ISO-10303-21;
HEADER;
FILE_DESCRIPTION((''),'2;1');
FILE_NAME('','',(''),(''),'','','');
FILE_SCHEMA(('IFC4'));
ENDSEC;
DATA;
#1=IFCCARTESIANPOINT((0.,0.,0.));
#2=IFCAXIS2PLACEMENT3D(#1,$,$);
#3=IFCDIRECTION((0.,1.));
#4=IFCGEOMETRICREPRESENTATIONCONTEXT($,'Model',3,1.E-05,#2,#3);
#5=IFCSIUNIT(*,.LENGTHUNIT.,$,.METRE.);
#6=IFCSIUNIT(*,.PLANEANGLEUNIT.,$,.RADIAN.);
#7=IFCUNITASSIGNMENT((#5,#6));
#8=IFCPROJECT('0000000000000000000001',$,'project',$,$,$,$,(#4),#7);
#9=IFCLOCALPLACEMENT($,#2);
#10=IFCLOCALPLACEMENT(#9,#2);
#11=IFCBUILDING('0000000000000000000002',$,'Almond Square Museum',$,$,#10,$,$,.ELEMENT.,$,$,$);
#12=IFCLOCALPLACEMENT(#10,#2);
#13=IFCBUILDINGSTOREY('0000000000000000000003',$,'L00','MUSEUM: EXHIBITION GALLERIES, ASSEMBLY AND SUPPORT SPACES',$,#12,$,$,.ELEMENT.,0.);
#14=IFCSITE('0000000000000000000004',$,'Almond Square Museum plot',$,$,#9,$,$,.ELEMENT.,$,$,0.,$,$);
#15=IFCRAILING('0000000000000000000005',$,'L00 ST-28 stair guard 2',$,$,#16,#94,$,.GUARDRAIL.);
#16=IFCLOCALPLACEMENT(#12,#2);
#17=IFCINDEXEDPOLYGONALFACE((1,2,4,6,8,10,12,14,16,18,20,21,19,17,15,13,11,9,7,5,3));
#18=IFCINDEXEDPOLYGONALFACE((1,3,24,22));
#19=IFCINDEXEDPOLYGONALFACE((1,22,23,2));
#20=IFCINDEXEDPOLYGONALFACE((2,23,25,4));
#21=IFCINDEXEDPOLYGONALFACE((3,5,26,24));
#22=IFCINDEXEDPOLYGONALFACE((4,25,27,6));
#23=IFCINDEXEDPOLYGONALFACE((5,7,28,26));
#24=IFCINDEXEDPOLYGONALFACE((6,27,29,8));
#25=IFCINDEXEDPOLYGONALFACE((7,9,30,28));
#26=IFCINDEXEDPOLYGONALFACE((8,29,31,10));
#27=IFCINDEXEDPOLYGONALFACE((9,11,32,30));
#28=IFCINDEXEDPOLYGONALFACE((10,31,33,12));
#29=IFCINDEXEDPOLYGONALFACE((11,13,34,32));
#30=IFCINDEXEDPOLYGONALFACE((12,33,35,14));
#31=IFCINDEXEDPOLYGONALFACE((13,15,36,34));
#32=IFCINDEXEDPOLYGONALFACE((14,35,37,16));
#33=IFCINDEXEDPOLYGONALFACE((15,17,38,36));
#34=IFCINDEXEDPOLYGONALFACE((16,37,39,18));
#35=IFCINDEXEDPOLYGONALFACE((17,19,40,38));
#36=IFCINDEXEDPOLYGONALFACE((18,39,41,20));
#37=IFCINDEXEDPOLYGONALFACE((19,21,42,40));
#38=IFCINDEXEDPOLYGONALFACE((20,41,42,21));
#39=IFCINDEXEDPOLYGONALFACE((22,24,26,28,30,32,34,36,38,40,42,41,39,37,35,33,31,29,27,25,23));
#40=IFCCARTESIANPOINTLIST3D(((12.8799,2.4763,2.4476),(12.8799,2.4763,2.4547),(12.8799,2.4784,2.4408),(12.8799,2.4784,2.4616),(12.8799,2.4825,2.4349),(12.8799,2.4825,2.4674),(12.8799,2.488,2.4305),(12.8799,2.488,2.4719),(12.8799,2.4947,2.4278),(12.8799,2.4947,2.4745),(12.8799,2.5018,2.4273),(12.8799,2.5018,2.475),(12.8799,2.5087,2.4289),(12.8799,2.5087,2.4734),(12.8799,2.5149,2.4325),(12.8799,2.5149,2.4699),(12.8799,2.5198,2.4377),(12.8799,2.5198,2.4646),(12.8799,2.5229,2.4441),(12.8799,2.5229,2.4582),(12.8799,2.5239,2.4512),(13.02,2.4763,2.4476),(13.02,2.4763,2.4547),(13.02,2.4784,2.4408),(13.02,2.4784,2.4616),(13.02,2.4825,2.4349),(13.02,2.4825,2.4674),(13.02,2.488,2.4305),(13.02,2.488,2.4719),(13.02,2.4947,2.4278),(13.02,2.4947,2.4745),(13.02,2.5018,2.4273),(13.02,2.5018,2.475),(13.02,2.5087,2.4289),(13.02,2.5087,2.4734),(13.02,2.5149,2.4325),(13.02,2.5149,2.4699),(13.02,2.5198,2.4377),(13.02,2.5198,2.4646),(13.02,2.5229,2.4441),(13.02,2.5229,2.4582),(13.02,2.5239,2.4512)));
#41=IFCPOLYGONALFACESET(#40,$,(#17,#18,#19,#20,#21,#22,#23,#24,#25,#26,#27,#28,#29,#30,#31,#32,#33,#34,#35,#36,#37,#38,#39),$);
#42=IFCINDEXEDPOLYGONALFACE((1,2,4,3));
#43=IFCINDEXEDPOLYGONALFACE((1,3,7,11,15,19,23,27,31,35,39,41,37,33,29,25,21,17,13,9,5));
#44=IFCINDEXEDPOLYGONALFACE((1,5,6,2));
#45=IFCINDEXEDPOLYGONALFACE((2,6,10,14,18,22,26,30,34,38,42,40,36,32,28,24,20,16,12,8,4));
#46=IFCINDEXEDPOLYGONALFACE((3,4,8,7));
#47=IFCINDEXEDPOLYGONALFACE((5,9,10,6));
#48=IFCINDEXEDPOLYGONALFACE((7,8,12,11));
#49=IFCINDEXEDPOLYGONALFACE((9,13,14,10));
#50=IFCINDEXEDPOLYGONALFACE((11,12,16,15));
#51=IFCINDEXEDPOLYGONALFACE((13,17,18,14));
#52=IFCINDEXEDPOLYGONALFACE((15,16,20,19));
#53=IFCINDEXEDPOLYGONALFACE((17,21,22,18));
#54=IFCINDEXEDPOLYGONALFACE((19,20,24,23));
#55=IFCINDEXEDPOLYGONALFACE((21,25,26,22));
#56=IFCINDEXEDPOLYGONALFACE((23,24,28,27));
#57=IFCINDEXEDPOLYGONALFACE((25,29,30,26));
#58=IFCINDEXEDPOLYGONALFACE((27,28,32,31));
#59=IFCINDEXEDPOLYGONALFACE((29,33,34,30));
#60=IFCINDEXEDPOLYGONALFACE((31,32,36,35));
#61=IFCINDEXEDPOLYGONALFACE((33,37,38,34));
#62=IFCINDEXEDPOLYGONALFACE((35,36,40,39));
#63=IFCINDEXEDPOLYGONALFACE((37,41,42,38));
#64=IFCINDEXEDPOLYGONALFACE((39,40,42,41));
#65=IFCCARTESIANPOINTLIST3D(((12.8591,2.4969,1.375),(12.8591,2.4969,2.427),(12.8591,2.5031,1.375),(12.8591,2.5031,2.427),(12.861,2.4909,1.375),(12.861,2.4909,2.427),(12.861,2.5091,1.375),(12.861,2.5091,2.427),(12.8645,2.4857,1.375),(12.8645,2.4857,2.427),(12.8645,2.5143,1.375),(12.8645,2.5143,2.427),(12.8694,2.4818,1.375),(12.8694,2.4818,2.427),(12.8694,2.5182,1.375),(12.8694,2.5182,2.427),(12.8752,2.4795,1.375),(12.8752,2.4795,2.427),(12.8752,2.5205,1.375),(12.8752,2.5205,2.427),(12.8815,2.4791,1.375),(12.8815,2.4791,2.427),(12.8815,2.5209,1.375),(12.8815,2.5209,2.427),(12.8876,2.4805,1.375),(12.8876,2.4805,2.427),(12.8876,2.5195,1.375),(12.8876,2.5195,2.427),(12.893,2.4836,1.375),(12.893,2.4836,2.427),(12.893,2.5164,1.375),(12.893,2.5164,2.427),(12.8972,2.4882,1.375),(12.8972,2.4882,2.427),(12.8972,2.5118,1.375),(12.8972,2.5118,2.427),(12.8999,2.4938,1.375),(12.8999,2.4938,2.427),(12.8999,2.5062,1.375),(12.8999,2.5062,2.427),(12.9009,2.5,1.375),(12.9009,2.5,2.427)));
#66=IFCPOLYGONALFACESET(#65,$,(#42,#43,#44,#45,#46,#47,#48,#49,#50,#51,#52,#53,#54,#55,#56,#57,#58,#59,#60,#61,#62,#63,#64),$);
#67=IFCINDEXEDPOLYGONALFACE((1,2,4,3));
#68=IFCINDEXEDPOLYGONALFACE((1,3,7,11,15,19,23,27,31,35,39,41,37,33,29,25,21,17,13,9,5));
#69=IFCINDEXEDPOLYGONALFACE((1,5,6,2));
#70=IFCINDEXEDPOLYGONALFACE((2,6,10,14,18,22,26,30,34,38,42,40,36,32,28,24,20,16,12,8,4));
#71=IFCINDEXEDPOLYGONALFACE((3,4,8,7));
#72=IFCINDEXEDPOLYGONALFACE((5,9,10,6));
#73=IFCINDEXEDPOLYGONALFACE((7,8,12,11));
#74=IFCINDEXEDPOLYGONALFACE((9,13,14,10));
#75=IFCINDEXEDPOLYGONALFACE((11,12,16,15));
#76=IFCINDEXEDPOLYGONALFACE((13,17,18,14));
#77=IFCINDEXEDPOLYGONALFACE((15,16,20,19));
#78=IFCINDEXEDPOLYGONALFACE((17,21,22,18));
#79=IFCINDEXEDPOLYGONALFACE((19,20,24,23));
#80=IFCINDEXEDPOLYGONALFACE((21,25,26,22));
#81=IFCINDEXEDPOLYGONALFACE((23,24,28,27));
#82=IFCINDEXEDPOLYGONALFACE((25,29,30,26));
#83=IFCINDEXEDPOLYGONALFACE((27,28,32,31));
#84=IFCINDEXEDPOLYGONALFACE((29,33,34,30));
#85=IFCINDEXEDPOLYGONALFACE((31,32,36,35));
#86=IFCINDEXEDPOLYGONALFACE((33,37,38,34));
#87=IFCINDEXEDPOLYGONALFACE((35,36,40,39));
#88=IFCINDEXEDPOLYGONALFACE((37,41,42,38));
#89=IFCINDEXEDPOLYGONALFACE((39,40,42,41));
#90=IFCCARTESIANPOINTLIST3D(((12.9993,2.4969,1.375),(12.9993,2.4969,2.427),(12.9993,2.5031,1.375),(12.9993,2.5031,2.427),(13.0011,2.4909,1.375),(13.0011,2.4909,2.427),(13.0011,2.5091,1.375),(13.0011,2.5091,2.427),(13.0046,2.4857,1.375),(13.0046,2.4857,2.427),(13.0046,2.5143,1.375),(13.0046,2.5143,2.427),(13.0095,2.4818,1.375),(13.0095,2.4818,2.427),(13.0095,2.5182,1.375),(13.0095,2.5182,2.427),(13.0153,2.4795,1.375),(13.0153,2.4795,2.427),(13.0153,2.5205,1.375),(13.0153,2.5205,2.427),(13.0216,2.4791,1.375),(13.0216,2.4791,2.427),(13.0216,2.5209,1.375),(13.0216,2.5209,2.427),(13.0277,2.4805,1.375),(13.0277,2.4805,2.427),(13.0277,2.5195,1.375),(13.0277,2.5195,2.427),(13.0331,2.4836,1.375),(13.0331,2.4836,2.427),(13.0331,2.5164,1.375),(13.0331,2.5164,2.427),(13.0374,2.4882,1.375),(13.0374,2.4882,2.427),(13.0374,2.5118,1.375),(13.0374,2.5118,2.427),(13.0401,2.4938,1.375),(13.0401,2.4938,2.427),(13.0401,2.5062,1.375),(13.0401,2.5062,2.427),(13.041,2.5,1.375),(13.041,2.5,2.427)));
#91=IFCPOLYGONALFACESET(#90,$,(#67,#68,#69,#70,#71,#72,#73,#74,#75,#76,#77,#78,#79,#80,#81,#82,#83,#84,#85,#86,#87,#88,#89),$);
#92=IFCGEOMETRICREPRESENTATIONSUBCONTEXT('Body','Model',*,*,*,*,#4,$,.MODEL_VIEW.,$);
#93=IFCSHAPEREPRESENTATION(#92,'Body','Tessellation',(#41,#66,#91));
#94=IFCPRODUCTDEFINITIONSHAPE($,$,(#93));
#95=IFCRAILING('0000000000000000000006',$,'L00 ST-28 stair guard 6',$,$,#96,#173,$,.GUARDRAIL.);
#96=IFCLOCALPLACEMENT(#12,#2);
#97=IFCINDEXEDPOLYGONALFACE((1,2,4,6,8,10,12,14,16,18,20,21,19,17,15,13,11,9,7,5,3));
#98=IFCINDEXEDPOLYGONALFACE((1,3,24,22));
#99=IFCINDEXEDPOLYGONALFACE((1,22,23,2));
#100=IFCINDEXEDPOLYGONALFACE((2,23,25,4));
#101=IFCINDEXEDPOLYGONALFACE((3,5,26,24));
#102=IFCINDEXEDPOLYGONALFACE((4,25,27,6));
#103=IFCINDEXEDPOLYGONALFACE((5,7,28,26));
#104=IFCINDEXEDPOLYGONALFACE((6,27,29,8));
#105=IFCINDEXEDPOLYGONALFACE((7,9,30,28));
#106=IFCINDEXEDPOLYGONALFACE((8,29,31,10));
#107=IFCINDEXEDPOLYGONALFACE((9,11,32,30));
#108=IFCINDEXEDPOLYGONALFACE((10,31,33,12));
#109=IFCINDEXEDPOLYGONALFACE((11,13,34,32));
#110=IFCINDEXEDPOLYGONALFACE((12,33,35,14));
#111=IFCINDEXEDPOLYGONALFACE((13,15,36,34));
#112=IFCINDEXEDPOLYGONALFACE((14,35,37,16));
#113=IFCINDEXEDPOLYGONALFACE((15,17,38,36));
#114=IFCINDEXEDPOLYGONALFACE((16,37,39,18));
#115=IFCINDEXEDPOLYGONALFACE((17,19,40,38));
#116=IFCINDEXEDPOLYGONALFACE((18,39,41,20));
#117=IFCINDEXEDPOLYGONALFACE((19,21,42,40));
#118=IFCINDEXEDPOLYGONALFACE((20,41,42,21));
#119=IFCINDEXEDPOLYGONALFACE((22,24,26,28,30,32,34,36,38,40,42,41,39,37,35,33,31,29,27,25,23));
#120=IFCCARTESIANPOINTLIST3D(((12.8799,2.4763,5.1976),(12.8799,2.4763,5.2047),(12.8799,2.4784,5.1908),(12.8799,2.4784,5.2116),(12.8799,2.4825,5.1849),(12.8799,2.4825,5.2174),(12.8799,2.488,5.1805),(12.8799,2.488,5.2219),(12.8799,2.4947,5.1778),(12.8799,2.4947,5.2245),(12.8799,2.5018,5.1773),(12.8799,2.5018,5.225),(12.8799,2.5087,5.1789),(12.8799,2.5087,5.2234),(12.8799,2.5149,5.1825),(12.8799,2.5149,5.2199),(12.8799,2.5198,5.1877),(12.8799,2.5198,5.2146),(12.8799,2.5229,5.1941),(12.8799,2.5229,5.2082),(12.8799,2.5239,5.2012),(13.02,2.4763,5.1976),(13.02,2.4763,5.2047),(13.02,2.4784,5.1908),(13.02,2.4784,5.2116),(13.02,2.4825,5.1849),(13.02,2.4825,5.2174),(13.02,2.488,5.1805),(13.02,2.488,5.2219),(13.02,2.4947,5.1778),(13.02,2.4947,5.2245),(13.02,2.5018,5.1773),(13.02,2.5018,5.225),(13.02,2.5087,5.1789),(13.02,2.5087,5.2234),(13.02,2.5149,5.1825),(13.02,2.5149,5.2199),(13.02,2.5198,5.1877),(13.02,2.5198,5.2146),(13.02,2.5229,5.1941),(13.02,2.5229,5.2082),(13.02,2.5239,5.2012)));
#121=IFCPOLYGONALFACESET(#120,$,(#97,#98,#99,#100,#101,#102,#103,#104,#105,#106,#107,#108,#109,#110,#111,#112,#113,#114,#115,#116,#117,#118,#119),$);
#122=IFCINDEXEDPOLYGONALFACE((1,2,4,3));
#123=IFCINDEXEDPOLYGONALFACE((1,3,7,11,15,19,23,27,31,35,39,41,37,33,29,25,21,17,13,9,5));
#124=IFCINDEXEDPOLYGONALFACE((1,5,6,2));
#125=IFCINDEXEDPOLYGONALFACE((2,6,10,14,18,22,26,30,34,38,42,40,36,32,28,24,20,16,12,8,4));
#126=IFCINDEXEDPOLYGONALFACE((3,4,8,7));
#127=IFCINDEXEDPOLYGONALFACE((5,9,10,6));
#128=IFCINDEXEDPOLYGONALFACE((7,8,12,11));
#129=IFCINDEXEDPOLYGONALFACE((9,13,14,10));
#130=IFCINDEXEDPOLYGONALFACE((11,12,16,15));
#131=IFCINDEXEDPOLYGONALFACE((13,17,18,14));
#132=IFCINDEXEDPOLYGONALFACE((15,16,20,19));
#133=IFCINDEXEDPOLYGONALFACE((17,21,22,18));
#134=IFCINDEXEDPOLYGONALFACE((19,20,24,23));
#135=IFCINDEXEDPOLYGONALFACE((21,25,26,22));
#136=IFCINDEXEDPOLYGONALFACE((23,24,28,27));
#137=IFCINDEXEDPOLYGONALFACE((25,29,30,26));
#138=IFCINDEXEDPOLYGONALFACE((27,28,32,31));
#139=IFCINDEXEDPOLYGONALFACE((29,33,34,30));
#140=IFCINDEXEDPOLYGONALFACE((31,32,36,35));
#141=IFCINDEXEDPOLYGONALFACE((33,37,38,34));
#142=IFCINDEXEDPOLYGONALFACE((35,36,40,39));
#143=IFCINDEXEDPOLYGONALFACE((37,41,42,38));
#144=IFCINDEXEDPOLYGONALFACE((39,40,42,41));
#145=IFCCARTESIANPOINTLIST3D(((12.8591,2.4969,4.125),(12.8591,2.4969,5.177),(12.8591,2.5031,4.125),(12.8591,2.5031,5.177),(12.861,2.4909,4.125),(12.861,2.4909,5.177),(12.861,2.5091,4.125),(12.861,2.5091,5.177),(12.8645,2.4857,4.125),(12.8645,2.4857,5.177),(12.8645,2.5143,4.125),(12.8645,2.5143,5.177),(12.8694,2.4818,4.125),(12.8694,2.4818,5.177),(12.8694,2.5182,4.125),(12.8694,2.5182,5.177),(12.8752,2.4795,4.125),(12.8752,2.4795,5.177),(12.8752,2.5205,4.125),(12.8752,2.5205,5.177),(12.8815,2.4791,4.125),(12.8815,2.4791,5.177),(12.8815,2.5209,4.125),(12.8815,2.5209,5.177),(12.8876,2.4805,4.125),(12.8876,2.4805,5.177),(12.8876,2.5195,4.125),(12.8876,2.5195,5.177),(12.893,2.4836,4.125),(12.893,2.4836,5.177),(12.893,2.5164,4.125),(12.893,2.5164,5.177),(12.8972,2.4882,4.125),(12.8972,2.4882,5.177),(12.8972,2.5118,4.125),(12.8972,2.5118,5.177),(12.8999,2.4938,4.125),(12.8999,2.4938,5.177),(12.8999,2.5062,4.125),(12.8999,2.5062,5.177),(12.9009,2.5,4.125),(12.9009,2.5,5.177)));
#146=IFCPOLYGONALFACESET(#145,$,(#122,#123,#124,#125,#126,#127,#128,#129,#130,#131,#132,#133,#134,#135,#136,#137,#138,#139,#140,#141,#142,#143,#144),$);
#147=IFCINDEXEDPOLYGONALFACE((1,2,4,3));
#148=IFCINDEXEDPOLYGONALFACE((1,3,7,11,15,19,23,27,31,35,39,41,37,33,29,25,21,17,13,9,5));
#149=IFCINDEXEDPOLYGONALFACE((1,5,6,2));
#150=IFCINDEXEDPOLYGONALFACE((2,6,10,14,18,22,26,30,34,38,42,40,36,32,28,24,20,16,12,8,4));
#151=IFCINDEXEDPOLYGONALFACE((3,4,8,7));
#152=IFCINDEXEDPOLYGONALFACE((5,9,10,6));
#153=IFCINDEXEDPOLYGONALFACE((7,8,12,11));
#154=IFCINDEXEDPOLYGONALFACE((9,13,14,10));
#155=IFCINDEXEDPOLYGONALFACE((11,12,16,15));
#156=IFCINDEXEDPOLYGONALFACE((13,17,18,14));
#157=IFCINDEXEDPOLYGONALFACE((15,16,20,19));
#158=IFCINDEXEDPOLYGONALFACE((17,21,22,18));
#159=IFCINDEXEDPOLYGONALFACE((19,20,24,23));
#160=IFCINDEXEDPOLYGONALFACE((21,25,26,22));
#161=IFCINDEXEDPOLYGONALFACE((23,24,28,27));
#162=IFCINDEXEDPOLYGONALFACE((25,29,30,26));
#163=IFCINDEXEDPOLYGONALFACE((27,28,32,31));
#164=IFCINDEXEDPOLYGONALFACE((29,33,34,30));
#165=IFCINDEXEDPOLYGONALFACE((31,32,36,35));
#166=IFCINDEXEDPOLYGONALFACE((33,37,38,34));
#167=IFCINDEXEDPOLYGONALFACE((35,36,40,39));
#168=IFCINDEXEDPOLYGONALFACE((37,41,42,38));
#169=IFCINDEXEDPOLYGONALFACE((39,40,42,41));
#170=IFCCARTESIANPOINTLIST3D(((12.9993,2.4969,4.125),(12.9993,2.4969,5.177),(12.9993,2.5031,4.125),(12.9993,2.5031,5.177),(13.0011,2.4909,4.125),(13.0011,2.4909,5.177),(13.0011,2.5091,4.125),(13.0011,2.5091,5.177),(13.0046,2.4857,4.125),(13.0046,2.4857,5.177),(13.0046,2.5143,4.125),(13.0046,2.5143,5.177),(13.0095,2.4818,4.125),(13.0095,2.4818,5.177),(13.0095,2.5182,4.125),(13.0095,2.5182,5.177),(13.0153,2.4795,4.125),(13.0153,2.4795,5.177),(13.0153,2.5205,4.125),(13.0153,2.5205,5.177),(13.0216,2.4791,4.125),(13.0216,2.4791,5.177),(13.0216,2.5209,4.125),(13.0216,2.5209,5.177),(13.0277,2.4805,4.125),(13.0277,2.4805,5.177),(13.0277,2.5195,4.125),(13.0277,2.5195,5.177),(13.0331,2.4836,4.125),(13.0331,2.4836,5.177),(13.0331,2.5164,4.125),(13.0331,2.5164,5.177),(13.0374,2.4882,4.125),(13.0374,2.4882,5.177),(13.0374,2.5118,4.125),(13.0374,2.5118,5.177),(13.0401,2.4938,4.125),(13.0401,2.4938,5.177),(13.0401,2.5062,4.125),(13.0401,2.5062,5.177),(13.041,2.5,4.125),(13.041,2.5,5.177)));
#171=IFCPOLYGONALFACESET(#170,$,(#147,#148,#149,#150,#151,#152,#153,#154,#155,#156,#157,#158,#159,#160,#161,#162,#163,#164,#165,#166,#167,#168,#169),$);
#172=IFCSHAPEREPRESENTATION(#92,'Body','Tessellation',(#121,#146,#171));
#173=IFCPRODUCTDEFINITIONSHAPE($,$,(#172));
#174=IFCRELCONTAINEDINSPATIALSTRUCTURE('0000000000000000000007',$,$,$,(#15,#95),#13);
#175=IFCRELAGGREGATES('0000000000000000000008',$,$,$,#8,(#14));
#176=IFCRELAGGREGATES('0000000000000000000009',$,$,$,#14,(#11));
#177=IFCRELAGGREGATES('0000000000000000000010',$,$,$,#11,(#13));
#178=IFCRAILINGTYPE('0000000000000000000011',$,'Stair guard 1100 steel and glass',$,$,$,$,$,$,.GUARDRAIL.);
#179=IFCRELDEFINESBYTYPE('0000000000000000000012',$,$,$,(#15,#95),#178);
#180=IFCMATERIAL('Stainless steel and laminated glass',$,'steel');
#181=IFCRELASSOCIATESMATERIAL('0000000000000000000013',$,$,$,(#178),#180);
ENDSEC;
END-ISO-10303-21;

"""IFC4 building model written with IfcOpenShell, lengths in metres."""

from ifc_helpers import new_model, si_unit, direction, frame, origin, origin_2d, place, context, subcontext, project, spatial, circle, extrude, material, type_object, element, save


model = new_model("IFC4")

# Units and contexts
model_context = context("Model", 3, precision=1e-05, world=origin(), true_north=direction((0.0, 1.0)))
body_context = subcontext(model_context, "Body", "Model", "MODEL_VIEW")
ifc_project = project(units=[si_unit("LENGTHUNIT", "METRE"), si_unit("PLANEANGLEUNIT", "RADIAN")], contexts=[model_context])

# Site, building, storey
site_placement = place(None, origin())
site = spatial("IfcSite", under=ifc_project, at=site_placement, Name="Almond Square Museum plot", CompositionType="ELEMENT", RefElevation=0.0)
building_placement = place(site_placement, origin())
building = spatial("IfcBuilding", under=site, at=building_placement, Name="Almond Square Museum", CompositionType="ELEMENT")
storey_placement = place(building_placement, origin())
storey = spatial("IfcBuildingStorey", under=building, at=storey_placement, Name="L00", Description="MUSEUM: EXHIBITION GALLERIES, ASSEMBLY AND SUPPORT SPACES", CompositionType="ELEMENT", Elevation=0.0)

# Railings
ifc_material_1 = material(Name="Stainless steel and laminated glass", Category="steel")
railing_type = type_object("IfcRailingType", Name="Stair guard 1100 steel and glass", PredefinedType="GUARDRAIL", material=ifc_material_1)
for number, where, name in (
    (1, (12.8799, 2.5, 1.375), "L00 ST-28 stair guard 2"),
    (2, (12.8799, 2.5, 4.125), "L00 ST-28 stair guard 6"),
):
    element("IfcRailing", number, at=place(storey_placement, frame(where)), inside=storey, type_object=railing_type, Name=name, PredefinedType="GUARDRAIL", context=body_context, shape_type="SweptSolid", body=[
        extrude(circle(Radius=0.0239, at=origin_2d()), frame((0.0, 0.0, 1.0762), z_axis=(1.0, 0.0, 0.0), x_axis=(0.0, 1.0, 0.0)), (0.0, 0.0, 1.0), 0.1401),
        extrude(circle(Radius=0.021, at=origin_2d()), origin(), (0.0, 0.0, 1.0), 1.052),
        extrude(circle(Radius=0.021, at=origin_2d()), frame((0.1401, 0.0, 0.0)), (0.0, 0.0, 1.0), 1.052),
    ])

save(model, "model.ifc")
